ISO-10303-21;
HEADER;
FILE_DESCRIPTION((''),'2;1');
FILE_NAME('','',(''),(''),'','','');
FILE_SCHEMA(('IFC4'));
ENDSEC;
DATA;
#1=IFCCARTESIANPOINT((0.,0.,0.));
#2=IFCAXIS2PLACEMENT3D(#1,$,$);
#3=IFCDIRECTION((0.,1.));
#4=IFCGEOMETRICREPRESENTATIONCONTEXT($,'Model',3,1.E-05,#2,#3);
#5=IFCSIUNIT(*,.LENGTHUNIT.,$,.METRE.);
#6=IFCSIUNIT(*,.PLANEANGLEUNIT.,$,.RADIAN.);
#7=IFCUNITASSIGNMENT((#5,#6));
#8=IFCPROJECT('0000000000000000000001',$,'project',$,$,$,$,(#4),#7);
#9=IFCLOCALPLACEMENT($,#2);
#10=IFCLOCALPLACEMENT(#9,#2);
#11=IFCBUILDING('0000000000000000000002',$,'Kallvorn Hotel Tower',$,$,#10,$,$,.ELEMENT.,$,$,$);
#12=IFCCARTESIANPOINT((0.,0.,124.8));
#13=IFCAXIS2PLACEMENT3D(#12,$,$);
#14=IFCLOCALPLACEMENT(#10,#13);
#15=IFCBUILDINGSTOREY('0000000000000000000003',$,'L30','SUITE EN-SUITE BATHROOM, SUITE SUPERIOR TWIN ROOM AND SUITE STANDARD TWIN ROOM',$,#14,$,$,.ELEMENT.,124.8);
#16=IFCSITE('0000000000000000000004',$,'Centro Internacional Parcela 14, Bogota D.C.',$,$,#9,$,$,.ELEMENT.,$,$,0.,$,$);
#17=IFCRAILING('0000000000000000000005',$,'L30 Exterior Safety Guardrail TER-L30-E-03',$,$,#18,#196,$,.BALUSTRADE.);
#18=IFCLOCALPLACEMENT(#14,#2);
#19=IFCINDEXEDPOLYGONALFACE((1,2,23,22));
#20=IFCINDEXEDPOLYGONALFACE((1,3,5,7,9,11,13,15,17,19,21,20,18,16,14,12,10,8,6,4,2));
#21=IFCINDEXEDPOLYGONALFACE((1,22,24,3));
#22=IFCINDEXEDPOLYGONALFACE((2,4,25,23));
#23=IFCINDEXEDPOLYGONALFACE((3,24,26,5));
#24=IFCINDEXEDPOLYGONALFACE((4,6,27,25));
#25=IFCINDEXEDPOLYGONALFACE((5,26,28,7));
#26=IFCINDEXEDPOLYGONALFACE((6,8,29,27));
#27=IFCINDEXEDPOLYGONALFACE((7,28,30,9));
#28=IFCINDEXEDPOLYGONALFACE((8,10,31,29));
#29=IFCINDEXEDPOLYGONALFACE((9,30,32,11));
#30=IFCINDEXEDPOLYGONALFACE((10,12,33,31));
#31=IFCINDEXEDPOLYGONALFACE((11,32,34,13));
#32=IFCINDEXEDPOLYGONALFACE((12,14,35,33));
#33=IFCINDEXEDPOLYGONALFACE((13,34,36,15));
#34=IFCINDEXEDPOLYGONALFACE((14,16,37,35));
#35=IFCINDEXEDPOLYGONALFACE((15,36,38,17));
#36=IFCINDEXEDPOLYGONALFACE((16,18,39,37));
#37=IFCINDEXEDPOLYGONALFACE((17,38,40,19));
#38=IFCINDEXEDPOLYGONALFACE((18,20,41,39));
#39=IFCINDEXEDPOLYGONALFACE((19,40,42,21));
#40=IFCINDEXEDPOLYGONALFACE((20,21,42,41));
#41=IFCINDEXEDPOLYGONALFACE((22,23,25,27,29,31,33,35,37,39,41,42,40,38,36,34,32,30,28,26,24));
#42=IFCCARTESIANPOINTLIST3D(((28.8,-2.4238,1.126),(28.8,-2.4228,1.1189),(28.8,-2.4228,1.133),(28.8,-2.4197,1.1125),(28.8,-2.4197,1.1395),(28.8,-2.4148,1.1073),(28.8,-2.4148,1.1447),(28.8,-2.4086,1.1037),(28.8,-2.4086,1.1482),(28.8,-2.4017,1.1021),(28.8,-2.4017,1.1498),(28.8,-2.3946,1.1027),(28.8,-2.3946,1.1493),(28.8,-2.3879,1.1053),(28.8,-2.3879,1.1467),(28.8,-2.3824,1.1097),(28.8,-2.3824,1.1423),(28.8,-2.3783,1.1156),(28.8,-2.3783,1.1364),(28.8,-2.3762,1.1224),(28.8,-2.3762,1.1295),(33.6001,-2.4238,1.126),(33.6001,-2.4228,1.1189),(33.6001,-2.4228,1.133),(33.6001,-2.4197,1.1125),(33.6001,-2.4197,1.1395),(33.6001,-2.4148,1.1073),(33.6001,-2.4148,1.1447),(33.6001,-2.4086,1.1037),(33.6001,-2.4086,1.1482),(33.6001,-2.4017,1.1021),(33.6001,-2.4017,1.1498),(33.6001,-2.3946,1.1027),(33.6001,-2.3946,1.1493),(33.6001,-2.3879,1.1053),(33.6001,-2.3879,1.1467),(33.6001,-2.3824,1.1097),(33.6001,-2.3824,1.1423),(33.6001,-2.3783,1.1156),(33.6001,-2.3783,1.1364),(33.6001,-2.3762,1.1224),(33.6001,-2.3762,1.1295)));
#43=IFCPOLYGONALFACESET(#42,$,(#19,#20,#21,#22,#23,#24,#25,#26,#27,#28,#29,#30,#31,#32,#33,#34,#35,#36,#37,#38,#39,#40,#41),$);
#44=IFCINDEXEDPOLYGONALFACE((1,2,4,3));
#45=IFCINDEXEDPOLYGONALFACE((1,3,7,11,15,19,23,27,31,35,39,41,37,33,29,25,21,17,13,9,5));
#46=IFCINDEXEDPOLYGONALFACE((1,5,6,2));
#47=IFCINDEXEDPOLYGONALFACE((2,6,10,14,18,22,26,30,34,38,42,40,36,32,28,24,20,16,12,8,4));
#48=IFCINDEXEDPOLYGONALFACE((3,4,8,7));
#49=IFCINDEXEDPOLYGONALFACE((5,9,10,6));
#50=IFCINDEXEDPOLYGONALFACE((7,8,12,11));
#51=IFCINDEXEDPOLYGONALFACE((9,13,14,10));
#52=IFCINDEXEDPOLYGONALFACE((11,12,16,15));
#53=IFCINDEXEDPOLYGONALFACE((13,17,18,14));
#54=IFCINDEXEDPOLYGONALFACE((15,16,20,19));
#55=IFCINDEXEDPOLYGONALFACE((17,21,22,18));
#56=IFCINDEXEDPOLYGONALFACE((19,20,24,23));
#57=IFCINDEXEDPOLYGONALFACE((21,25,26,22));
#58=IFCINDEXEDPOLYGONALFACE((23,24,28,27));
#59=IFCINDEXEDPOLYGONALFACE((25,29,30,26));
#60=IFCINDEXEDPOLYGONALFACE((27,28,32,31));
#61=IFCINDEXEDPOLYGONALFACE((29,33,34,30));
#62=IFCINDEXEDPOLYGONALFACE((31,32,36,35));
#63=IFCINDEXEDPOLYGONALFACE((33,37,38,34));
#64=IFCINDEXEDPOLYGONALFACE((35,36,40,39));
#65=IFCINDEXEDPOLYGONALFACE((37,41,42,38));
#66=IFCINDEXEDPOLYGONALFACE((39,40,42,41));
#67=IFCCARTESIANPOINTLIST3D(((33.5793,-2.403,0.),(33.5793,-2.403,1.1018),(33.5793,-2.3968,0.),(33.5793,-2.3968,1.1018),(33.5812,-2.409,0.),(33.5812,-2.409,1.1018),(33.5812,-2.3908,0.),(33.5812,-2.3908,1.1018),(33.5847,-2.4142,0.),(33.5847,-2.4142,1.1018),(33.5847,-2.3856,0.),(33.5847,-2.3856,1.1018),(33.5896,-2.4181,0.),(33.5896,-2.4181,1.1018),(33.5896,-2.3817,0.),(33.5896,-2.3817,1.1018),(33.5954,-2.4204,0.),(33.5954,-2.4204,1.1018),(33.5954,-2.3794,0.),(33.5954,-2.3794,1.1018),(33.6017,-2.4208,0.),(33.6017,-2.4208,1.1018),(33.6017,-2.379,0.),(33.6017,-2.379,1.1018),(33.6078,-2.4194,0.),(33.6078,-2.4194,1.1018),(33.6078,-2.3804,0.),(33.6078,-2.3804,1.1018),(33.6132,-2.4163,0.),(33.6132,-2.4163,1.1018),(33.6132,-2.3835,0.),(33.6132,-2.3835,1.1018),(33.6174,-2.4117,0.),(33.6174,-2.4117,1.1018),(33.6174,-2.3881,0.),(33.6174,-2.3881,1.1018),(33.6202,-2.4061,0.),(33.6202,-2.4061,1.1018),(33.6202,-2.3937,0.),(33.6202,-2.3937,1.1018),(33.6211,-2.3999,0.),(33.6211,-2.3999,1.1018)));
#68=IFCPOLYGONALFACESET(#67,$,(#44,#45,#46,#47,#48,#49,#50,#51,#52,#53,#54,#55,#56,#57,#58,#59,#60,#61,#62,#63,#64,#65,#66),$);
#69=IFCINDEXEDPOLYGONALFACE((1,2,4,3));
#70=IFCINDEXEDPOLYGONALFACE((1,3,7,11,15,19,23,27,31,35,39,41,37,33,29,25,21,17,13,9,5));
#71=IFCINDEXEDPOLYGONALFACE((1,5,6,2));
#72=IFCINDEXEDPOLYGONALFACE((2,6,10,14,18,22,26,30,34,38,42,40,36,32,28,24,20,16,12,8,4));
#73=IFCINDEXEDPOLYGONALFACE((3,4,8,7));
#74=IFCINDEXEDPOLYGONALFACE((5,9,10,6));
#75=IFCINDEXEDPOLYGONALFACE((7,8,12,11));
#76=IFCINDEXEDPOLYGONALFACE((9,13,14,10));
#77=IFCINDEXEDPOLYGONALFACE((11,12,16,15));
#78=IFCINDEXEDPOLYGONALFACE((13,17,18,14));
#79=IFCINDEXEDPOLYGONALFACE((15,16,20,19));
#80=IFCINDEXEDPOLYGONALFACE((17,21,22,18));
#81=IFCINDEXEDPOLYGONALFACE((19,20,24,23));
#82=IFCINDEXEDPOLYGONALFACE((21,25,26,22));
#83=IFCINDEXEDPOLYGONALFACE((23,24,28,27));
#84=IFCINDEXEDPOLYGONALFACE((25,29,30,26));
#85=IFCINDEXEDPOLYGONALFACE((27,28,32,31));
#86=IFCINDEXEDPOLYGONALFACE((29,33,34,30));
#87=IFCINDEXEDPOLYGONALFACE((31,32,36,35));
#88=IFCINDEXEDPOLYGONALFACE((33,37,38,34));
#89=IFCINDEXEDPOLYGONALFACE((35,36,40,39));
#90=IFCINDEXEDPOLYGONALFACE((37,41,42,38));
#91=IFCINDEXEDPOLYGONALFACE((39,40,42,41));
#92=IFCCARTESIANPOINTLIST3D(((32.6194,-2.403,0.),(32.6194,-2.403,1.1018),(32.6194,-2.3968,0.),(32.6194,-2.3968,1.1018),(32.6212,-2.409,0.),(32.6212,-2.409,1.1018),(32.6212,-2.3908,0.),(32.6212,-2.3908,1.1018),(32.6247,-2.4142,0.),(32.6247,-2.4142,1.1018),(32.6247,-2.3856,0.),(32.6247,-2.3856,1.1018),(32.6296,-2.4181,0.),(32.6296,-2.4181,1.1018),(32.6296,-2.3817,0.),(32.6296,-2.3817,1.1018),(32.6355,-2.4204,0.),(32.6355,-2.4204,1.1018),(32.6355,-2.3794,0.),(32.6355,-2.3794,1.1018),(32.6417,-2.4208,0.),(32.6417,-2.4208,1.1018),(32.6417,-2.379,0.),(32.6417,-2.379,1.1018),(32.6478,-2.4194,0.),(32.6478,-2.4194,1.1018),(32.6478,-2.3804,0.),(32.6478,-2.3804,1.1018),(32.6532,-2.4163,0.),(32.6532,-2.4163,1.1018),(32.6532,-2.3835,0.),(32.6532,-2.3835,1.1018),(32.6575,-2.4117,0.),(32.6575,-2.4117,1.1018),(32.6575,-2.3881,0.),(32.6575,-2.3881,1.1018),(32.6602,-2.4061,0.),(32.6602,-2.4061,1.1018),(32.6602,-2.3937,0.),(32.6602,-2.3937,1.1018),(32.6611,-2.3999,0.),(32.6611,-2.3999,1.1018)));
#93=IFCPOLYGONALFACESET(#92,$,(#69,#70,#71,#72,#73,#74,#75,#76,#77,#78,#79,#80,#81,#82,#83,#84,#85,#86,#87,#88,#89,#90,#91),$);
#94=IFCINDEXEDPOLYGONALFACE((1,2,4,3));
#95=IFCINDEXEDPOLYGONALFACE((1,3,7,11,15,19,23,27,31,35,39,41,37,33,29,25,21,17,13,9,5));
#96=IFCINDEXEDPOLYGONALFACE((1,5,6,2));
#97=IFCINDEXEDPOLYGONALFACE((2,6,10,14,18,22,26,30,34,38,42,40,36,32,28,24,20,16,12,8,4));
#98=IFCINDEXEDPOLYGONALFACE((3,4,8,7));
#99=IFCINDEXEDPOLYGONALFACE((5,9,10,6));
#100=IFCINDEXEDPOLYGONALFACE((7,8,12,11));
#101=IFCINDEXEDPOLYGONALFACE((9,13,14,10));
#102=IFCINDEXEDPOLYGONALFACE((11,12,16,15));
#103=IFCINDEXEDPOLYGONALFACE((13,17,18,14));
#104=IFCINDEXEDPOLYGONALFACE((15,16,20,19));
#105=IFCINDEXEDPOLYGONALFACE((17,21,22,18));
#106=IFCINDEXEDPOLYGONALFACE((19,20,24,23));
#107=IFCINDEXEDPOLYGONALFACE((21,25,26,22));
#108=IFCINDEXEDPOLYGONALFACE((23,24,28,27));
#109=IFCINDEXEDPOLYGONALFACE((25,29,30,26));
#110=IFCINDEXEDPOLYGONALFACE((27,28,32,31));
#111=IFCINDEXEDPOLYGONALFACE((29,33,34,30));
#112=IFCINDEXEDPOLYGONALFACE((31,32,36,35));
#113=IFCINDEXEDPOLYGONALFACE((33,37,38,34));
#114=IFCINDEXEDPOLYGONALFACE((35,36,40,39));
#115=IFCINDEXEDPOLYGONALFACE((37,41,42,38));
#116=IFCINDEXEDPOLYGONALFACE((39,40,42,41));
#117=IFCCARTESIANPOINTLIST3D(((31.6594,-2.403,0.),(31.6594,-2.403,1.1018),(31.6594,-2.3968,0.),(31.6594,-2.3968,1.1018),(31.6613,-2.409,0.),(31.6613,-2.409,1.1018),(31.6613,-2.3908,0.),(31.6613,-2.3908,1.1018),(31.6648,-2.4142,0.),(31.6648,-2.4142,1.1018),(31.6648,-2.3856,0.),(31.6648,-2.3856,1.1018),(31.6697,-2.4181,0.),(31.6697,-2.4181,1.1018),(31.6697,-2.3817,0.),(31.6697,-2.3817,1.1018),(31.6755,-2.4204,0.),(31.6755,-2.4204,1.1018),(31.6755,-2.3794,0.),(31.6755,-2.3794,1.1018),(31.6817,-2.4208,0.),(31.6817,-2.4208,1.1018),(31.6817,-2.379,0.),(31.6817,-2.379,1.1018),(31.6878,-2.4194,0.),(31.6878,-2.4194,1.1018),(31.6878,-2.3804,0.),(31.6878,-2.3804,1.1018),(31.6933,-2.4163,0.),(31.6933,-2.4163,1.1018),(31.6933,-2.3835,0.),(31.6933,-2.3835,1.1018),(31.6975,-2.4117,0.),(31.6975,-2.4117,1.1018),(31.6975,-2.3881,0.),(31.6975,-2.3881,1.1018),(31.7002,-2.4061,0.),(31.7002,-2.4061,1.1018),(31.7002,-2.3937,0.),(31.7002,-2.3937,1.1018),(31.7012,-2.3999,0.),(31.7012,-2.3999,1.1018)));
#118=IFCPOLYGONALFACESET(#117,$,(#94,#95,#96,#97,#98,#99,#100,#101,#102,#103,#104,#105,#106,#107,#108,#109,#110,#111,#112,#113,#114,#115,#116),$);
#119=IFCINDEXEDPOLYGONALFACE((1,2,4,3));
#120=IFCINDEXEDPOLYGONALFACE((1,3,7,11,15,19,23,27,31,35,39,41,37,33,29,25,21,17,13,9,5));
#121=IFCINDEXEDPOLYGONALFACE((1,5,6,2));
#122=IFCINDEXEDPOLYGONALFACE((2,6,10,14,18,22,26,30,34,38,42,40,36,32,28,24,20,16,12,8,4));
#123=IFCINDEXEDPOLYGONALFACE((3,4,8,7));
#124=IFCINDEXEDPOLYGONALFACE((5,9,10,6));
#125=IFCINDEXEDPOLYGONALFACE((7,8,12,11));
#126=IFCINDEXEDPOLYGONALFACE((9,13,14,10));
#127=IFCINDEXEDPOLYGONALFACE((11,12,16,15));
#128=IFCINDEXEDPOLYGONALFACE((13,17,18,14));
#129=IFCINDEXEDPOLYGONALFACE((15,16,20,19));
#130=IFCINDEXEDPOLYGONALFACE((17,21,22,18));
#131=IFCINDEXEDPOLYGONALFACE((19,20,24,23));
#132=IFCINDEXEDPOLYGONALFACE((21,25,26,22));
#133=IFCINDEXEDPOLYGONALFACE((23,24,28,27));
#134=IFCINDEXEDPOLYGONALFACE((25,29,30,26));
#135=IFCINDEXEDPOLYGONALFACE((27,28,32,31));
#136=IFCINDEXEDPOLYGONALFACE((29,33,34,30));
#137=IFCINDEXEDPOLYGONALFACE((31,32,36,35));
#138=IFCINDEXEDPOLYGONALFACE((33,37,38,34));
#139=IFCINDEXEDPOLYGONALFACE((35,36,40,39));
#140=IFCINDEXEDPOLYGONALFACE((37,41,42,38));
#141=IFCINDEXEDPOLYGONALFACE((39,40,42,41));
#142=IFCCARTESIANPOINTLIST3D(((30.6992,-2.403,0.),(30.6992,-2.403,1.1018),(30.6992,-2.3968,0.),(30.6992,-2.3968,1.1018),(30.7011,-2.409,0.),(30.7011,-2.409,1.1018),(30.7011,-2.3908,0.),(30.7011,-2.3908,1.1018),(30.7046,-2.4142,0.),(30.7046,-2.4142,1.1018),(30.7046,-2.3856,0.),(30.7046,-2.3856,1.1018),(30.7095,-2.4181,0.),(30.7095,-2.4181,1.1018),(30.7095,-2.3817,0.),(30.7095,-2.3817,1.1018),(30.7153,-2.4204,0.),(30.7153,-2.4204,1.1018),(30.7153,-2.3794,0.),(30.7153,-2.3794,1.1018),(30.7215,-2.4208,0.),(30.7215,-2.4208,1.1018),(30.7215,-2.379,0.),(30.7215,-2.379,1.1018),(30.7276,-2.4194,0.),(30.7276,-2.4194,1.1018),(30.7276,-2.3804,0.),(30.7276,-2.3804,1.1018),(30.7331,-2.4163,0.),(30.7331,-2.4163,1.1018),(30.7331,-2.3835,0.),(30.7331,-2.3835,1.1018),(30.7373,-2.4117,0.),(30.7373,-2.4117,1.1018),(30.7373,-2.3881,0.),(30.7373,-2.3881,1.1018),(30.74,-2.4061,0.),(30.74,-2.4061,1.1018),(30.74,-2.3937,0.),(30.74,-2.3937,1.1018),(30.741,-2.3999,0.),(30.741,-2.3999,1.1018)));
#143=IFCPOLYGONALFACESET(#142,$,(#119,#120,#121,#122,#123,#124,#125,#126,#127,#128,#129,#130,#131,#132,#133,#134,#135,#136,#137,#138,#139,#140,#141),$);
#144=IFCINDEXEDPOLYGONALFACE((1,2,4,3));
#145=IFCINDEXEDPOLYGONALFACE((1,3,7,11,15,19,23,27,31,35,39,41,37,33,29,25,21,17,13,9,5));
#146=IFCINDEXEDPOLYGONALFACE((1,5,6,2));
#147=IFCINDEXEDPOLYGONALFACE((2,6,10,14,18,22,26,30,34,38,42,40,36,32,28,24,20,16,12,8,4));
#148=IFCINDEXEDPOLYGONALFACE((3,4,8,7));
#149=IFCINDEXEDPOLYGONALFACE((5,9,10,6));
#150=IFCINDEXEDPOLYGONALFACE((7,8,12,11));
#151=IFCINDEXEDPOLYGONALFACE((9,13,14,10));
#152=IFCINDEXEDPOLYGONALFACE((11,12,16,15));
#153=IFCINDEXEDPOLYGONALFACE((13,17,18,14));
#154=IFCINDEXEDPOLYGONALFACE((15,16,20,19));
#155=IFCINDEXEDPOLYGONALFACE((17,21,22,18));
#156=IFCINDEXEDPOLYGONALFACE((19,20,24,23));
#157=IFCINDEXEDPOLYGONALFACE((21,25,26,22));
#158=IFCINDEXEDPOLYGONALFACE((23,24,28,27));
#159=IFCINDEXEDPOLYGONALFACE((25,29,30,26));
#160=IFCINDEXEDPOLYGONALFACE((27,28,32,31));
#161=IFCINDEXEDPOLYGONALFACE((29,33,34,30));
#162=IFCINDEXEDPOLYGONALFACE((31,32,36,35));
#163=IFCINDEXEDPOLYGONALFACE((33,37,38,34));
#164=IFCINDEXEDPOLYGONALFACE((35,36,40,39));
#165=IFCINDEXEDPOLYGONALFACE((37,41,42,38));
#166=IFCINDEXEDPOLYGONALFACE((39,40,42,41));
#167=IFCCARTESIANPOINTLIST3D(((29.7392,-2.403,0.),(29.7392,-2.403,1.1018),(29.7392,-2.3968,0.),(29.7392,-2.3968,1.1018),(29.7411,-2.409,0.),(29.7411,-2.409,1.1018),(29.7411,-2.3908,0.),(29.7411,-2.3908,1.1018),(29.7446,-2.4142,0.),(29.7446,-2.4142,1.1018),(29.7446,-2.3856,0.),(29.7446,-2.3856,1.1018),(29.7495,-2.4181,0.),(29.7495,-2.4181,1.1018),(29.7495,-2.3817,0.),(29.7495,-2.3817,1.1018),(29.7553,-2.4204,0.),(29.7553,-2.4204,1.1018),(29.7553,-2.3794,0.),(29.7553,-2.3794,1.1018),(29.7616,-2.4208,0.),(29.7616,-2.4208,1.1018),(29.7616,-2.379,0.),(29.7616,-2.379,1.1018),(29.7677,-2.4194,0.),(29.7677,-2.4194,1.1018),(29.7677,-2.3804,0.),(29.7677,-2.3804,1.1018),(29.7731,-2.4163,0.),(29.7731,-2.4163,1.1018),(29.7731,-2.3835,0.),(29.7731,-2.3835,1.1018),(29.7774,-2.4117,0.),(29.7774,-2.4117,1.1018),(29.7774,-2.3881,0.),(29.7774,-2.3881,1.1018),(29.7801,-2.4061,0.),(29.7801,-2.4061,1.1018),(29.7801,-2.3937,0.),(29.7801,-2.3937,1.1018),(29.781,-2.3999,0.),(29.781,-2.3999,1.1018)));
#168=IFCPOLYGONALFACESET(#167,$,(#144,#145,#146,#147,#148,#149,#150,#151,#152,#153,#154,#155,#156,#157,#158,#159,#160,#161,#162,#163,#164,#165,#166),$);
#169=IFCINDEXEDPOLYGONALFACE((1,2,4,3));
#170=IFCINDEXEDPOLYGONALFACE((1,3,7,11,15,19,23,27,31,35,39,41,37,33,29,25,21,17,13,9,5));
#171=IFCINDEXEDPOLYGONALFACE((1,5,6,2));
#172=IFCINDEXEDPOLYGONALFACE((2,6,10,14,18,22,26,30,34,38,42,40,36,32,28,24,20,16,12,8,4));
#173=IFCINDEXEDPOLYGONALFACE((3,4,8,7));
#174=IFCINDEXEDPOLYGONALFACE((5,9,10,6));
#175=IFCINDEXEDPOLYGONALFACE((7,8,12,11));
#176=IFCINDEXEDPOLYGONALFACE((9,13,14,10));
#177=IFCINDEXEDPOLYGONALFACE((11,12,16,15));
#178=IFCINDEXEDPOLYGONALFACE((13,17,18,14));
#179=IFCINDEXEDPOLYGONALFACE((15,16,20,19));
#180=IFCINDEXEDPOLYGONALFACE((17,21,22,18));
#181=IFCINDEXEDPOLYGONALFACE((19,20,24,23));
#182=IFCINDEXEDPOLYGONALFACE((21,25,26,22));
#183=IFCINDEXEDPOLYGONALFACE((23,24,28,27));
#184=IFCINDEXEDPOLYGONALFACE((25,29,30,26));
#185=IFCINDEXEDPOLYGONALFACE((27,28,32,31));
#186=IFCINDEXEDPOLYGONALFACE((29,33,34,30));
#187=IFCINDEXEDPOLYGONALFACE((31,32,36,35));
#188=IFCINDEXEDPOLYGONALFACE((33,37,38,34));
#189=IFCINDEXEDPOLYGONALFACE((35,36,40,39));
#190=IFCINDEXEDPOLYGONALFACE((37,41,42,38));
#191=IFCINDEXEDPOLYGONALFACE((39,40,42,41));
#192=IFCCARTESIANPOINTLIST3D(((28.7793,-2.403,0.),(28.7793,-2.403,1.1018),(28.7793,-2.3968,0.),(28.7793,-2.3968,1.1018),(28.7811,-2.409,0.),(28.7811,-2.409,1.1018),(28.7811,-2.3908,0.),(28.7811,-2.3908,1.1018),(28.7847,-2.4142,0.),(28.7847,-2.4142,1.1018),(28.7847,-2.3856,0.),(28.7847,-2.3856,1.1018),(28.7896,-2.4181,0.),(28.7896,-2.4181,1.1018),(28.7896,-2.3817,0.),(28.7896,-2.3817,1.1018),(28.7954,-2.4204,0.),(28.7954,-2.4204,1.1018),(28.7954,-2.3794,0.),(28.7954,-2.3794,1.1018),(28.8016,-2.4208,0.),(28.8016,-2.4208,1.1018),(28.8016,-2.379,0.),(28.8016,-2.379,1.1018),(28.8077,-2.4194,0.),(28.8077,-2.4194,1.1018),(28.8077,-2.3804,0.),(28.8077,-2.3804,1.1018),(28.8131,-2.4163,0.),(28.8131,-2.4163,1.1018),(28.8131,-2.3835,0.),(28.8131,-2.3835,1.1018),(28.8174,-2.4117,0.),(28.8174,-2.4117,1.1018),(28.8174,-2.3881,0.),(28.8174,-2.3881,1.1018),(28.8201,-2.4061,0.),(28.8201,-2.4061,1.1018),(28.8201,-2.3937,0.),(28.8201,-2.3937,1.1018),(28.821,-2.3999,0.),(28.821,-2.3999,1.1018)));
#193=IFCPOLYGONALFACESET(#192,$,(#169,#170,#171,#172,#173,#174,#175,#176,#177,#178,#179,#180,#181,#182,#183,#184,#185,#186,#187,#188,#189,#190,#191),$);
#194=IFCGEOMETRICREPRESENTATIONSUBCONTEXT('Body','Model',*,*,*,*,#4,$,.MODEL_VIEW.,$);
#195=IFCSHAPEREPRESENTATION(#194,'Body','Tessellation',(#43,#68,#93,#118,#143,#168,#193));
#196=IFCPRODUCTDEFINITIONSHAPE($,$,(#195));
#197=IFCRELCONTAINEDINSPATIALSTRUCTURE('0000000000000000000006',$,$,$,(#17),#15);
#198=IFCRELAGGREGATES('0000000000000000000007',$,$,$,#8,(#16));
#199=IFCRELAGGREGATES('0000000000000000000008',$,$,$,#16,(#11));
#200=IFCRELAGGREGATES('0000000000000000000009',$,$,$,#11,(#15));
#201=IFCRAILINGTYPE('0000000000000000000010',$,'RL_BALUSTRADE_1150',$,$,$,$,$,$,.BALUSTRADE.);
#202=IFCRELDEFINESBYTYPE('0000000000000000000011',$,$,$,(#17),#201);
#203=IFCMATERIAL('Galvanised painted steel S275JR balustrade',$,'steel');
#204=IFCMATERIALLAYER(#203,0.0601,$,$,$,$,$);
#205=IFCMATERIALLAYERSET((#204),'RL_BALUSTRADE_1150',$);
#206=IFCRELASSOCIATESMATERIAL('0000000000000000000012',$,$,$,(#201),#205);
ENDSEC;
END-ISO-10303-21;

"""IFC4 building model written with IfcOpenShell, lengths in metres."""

from ifc_helpers import new_model, si_unit, direction, frame, origin, origin_2d, place, context, subcontext, project, spatial, circle, extrude, material, layer, layer_set, type_object, element, save


model = new_model("IFC4")

# Units and contexts
model_context = context("Model", 3, precision=1e-05, world=origin(), true_north=direction((0.0, 1.0)))
body_context = subcontext(model_context, "Body", "Model", "MODEL_VIEW")
ifc_project = project(units=[si_unit("LENGTHUNIT", "METRE"), si_unit("PLANEANGLEUNIT", "RADIAN")], contexts=[model_context])

# Site, building, storey
site_placement = place(None, origin())
site = spatial("IfcSite", under=ifc_project, at=site_placement, Name="Centro Internacional Parcela 14, Bogota D.C.", CompositionType="ELEMENT", RefElevation=0.0)
building_placement = place(site_placement, origin())
building = spatial("IfcBuilding", under=site, at=building_placement, Name="Kallvorn Hotel Tower", CompositionType="ELEMENT")
storey_placement = place(building_placement, frame((0.0, 0.0, 124.8)))
storey = spatial("IfcBuildingStorey", under=building, at=storey_placement, Name="L30", Description="SUITE EN-SUITE BATHROOM, SUITE SUPERIOR TWIN ROOM AND SUITE STANDARD TWIN ROOM", CompositionType="ELEMENT", Elevation=124.8)

# Railing
ifc_material_1 = material(Name="Galvanised painted steel S275JR balustrade", Category="steel")
ifc_layer_1 = layer(ifc_material_1, 0.0601)
ifc_layer_set_1 = layer_set([ifc_layer_1], Name="RL_BALUSTRADE_1150")
railing_type = type_object("IfcRailingType", Name="RL_BALUSTRADE_1150", PredefinedType="BALUSTRADE", material=ifc_layer_set_1)
railing_1_placement = place(storey_placement, frame((33.6001, -2.3999, 0.0)))
element("IfcRailing", 1, at=railing_1_placement, inside=storey, type_object=railing_type, Name="L30 Exterior Safety Guardrail TER-L30-E-03", PredefinedType="BALUSTRADE", context=body_context, shape_type="SweptSolid", body=[
    extrude(circle(Radius=0.0239, at=origin_2d()), frame((0.0, 0.0, 1.126), z_axis=(-1.0, 0.0, 0.0), x_axis=(0.0, -1.0, 0.0)), (0.0, 0.0, 1.0), 4.8),
    extrude(circle(Radius=0.021, at=origin_2d()), origin(), (0.0, 0.0, 1.0), 1.1018),
    extrude(circle(Radius=0.021, at=origin_2d()), frame((-0.96, 0.0, 0.0)), (0.0, 0.0, 1.0), 1.1018),
    extrude(circle(Radius=0.021, at=origin_2d()), frame((-1.9199, 0.0, 0.0)), (0.0, 0.0, 1.0), 1.1018),
    extrude(circle(Radius=0.021, at=origin_2d()), frame((-2.8801, 0.0, 0.0)), (0.0, 0.0, 1.0), 1.1018),
    extrude(circle(Radius=0.021, at=origin_2d()), frame((-3.8401, 0.0, 0.0)), (0.0, 0.0, 1.0), 1.1018),
    extrude(circle(Radius=0.021, at=origin_2d()), frame((-4.8, 0.0, 0.0)), (0.0, 0.0, 1.0), 1.1018),
])

save(model, "model.ifc")
